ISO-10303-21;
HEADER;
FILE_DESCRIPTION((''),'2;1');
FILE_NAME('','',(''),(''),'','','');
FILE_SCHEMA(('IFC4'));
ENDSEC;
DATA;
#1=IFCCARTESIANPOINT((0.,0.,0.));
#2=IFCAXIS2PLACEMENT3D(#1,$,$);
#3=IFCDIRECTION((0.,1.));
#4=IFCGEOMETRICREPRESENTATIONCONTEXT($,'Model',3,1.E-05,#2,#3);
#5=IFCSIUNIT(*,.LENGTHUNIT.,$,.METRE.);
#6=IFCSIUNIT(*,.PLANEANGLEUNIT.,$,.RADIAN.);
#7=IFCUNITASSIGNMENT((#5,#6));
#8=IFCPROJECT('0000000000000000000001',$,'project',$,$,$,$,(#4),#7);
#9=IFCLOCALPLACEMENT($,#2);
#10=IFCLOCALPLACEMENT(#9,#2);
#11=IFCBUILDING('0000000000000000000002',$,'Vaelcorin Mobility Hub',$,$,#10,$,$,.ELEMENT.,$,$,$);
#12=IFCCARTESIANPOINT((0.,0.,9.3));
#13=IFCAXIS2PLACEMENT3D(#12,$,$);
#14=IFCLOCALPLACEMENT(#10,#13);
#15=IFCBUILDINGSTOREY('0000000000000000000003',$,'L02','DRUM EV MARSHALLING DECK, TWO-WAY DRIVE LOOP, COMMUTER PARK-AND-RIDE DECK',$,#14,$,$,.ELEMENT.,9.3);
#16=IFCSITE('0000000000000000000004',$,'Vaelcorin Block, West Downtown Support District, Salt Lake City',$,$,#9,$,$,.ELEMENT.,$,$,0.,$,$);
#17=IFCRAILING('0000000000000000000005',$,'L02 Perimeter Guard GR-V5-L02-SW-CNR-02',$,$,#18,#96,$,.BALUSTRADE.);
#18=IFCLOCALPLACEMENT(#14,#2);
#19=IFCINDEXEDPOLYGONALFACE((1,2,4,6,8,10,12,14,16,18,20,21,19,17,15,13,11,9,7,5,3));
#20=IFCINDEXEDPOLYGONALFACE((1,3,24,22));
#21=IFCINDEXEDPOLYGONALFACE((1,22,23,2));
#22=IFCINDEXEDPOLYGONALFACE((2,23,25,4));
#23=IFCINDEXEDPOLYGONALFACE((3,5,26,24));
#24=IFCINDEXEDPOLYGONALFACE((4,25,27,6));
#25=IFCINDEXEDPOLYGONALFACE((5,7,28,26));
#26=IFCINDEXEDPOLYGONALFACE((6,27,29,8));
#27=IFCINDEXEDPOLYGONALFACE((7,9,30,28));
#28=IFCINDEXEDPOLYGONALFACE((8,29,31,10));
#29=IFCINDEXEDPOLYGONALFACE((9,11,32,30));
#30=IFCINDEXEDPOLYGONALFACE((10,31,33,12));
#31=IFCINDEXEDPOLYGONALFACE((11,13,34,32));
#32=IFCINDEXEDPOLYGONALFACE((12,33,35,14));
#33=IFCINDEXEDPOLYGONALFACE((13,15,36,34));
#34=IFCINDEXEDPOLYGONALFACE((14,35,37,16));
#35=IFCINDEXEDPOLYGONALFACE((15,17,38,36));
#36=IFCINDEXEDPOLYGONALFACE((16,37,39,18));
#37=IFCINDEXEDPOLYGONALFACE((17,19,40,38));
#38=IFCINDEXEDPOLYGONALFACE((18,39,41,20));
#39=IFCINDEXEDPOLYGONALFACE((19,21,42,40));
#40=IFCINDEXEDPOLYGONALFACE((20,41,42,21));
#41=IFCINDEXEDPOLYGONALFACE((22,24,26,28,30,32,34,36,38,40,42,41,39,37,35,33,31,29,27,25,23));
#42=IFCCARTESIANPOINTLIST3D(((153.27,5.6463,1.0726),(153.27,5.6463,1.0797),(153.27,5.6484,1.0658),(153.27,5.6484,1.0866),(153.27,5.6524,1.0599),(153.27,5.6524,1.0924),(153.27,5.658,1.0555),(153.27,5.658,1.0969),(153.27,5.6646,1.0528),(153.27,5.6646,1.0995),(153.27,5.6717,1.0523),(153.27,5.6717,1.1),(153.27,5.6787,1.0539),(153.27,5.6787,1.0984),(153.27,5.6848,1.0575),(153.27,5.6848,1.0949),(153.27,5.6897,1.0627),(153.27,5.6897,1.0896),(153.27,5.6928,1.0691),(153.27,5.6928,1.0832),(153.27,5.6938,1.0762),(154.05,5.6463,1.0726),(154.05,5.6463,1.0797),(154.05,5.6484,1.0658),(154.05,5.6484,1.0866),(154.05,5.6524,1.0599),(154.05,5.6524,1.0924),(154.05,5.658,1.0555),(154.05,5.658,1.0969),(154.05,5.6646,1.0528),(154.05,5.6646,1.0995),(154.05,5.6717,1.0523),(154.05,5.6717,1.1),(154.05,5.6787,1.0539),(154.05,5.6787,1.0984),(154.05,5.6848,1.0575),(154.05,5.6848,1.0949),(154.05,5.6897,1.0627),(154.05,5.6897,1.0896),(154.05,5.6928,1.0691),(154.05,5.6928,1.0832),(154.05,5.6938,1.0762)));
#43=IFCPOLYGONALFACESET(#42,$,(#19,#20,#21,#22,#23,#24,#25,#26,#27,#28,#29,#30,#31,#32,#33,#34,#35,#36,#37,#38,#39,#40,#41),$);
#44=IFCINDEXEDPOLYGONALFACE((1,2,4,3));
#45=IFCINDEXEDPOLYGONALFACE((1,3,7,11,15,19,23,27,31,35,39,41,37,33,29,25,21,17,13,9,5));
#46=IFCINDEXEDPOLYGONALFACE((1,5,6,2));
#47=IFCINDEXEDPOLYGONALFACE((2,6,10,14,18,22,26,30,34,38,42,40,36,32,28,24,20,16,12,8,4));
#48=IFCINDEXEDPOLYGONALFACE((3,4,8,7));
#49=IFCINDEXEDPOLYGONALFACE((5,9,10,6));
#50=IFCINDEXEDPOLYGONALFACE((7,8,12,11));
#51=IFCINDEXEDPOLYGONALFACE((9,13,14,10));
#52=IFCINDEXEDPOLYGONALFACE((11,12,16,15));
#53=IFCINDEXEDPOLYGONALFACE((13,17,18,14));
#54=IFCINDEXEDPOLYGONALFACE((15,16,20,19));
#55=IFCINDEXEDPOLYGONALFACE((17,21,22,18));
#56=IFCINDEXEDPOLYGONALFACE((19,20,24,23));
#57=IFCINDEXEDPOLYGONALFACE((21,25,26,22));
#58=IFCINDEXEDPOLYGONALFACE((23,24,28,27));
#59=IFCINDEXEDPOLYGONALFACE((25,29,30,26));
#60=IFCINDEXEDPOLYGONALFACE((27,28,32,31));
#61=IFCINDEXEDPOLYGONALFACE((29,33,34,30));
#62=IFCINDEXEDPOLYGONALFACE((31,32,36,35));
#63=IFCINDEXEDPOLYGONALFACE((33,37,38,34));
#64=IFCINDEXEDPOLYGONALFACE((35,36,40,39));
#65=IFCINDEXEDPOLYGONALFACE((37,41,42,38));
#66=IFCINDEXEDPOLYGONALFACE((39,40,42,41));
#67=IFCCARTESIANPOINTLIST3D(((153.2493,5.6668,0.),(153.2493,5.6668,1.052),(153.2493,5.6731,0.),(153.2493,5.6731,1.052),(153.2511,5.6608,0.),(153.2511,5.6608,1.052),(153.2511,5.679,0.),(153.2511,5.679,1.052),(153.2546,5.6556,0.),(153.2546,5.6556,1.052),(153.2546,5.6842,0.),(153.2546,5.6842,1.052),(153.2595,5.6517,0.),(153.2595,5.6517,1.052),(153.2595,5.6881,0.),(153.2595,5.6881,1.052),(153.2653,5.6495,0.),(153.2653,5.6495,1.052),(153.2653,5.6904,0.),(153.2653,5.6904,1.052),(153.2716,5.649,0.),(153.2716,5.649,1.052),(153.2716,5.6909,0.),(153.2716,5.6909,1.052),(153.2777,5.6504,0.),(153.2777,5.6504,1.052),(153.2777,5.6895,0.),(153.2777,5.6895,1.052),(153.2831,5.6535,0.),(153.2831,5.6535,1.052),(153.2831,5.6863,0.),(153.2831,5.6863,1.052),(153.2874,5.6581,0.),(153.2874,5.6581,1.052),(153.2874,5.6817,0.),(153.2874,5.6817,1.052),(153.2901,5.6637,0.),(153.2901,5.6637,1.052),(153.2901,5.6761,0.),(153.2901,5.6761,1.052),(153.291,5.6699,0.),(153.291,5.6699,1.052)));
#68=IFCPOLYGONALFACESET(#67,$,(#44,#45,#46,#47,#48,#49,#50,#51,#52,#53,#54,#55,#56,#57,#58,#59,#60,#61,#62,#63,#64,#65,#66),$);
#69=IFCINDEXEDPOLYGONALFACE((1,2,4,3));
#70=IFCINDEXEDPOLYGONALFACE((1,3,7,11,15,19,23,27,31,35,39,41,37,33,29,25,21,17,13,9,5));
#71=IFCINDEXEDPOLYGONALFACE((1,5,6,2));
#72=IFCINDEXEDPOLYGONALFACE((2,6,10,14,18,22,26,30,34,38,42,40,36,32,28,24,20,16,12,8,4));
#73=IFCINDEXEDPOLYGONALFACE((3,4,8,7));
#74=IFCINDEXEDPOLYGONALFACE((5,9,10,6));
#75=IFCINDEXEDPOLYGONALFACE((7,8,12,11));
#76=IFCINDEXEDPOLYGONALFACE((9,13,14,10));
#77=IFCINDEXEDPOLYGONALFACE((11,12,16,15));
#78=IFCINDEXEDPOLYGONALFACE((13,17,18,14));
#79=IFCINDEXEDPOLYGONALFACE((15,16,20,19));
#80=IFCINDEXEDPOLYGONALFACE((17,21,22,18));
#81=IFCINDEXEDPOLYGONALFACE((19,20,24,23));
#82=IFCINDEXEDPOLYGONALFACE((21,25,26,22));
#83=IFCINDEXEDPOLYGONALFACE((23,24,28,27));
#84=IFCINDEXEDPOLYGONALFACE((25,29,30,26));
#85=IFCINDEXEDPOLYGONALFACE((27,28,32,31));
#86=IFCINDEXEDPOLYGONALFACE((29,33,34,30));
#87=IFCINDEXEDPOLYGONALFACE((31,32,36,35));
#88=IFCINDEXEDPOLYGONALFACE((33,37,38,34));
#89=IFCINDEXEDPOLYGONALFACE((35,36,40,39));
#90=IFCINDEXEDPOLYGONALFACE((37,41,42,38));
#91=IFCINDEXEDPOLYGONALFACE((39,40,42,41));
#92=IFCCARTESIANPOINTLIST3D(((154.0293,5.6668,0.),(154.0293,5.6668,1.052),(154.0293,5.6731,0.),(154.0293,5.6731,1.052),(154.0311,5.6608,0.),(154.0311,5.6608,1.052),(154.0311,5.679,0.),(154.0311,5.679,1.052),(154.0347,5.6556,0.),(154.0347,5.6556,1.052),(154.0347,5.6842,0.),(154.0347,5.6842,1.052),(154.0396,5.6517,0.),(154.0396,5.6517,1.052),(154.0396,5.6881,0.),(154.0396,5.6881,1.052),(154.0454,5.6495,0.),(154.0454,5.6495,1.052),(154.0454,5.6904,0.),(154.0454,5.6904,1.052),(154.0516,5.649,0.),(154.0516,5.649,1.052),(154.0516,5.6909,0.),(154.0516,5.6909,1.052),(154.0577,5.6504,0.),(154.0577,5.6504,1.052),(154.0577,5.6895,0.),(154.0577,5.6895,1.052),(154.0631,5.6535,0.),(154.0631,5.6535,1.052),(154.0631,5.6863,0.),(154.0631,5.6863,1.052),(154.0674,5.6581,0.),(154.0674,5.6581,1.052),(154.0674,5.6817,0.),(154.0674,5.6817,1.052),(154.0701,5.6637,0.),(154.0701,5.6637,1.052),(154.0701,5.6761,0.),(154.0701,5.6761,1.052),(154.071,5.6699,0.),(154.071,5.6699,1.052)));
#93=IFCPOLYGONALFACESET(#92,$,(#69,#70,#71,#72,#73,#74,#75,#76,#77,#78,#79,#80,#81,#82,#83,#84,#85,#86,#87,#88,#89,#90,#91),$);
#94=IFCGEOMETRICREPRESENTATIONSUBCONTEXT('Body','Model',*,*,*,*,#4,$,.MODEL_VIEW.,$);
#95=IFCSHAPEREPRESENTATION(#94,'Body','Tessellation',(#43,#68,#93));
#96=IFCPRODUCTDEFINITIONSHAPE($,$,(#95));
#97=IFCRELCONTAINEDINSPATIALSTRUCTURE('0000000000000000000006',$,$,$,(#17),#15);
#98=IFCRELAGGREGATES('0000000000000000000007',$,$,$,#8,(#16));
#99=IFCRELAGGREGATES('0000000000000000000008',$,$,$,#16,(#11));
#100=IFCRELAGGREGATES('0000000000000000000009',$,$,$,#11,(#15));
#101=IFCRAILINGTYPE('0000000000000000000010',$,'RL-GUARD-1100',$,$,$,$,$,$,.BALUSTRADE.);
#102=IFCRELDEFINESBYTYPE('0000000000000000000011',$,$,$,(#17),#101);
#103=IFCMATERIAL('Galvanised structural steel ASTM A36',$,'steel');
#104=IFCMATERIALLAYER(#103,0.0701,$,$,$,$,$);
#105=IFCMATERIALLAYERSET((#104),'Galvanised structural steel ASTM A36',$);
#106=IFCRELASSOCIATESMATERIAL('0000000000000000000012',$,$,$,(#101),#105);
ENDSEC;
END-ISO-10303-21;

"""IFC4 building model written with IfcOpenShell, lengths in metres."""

from ifc_helpers import new_model, si_unit, direction, frame, origin, origin_2d, place, context, subcontext, project, spatial, circle, extrude, material, layer, layer_set, type_object, element, save


model = new_model("IFC4")

# Units and contexts
model_context = context("Model", 3, precision=1e-05, world=origin(), true_north=direction((0.0, 1.0)))
body_context = subcontext(model_context, "Body", "Model", "MODEL_VIEW")
ifc_project = project(units=[si_unit("LENGTHUNIT", "METRE"), si_unit("PLANEANGLEUNIT", "RADIAN")], contexts=[model_context])

# Site, building, storey
site_placement = place(None, origin())
site = spatial("IfcSite", under=ifc_project, at=site_placement, Name="Vaelcorin Block, West Downtown Support District, Salt Lake City", CompositionType="ELEMENT", RefElevation=0.0)
building_placement = place(site_placement, origin())
building = spatial("IfcBuilding", under=site, at=building_placement, Name="Vaelcorin Mobility Hub", CompositionType="ELEMENT")
storey_placement = place(building_placement, frame((0.0, 0.0, 9.3)))
storey = spatial("IfcBuildingStorey", under=building, at=storey_placement, Name="L02", Description="DRUM EV MARSHALLING DECK, TWO-WAY DRIVE LOOP, COMMUTER PARK-AND-RIDE DECK", CompositionType="ELEMENT", Elevation=9.3)

# Railing
ifc_material_1 = material(Name="Galvanised structural steel ASTM A36", Category="steel")
ifc_layer_1 = layer(ifc_material_1, 0.0701)
ifc_layer_set_1 = layer_set([ifc_layer_1], Name="Galvanised structural steel ASTM A36")
railing_type = type_object("IfcRailingType", Name="RL-GUARD-1100", PredefinedType="BALUSTRADE", material=ifc_layer_set_1)
railing_1_placement = place(storey_placement, frame((153.27, 5.6699, 0.0)))
element("IfcRailing", 1, at=railing_1_placement, inside=storey, type_object=railing_type, Name="L02 Perimeter Guard GR-V5-L02-SW-CNR-02", PredefinedType="BALUSTRADE", context=body_context, shape_type="SweptSolid", body=[
    extrude(circle(Radius=0.0239, at=origin_2d()), frame((0.0, 0.0, 1.0762), z_axis=(1.0, 0.0, 0.0), x_axis=(0.0, 1.0, 0.0)), (0.0, 0.0, 1.0), 0.78),
    extrude(circle(Radius=0.021, at=origin_2d()), origin(), (0.0, 0.0, 1.0), 1.052),
    extrude(circle(Radius=0.021, at=origin_2d()), frame((0.78, 0.0, 0.0)), (0.0, 0.0, 1.0), 1.052),
])

save(model, "model.ifc")
